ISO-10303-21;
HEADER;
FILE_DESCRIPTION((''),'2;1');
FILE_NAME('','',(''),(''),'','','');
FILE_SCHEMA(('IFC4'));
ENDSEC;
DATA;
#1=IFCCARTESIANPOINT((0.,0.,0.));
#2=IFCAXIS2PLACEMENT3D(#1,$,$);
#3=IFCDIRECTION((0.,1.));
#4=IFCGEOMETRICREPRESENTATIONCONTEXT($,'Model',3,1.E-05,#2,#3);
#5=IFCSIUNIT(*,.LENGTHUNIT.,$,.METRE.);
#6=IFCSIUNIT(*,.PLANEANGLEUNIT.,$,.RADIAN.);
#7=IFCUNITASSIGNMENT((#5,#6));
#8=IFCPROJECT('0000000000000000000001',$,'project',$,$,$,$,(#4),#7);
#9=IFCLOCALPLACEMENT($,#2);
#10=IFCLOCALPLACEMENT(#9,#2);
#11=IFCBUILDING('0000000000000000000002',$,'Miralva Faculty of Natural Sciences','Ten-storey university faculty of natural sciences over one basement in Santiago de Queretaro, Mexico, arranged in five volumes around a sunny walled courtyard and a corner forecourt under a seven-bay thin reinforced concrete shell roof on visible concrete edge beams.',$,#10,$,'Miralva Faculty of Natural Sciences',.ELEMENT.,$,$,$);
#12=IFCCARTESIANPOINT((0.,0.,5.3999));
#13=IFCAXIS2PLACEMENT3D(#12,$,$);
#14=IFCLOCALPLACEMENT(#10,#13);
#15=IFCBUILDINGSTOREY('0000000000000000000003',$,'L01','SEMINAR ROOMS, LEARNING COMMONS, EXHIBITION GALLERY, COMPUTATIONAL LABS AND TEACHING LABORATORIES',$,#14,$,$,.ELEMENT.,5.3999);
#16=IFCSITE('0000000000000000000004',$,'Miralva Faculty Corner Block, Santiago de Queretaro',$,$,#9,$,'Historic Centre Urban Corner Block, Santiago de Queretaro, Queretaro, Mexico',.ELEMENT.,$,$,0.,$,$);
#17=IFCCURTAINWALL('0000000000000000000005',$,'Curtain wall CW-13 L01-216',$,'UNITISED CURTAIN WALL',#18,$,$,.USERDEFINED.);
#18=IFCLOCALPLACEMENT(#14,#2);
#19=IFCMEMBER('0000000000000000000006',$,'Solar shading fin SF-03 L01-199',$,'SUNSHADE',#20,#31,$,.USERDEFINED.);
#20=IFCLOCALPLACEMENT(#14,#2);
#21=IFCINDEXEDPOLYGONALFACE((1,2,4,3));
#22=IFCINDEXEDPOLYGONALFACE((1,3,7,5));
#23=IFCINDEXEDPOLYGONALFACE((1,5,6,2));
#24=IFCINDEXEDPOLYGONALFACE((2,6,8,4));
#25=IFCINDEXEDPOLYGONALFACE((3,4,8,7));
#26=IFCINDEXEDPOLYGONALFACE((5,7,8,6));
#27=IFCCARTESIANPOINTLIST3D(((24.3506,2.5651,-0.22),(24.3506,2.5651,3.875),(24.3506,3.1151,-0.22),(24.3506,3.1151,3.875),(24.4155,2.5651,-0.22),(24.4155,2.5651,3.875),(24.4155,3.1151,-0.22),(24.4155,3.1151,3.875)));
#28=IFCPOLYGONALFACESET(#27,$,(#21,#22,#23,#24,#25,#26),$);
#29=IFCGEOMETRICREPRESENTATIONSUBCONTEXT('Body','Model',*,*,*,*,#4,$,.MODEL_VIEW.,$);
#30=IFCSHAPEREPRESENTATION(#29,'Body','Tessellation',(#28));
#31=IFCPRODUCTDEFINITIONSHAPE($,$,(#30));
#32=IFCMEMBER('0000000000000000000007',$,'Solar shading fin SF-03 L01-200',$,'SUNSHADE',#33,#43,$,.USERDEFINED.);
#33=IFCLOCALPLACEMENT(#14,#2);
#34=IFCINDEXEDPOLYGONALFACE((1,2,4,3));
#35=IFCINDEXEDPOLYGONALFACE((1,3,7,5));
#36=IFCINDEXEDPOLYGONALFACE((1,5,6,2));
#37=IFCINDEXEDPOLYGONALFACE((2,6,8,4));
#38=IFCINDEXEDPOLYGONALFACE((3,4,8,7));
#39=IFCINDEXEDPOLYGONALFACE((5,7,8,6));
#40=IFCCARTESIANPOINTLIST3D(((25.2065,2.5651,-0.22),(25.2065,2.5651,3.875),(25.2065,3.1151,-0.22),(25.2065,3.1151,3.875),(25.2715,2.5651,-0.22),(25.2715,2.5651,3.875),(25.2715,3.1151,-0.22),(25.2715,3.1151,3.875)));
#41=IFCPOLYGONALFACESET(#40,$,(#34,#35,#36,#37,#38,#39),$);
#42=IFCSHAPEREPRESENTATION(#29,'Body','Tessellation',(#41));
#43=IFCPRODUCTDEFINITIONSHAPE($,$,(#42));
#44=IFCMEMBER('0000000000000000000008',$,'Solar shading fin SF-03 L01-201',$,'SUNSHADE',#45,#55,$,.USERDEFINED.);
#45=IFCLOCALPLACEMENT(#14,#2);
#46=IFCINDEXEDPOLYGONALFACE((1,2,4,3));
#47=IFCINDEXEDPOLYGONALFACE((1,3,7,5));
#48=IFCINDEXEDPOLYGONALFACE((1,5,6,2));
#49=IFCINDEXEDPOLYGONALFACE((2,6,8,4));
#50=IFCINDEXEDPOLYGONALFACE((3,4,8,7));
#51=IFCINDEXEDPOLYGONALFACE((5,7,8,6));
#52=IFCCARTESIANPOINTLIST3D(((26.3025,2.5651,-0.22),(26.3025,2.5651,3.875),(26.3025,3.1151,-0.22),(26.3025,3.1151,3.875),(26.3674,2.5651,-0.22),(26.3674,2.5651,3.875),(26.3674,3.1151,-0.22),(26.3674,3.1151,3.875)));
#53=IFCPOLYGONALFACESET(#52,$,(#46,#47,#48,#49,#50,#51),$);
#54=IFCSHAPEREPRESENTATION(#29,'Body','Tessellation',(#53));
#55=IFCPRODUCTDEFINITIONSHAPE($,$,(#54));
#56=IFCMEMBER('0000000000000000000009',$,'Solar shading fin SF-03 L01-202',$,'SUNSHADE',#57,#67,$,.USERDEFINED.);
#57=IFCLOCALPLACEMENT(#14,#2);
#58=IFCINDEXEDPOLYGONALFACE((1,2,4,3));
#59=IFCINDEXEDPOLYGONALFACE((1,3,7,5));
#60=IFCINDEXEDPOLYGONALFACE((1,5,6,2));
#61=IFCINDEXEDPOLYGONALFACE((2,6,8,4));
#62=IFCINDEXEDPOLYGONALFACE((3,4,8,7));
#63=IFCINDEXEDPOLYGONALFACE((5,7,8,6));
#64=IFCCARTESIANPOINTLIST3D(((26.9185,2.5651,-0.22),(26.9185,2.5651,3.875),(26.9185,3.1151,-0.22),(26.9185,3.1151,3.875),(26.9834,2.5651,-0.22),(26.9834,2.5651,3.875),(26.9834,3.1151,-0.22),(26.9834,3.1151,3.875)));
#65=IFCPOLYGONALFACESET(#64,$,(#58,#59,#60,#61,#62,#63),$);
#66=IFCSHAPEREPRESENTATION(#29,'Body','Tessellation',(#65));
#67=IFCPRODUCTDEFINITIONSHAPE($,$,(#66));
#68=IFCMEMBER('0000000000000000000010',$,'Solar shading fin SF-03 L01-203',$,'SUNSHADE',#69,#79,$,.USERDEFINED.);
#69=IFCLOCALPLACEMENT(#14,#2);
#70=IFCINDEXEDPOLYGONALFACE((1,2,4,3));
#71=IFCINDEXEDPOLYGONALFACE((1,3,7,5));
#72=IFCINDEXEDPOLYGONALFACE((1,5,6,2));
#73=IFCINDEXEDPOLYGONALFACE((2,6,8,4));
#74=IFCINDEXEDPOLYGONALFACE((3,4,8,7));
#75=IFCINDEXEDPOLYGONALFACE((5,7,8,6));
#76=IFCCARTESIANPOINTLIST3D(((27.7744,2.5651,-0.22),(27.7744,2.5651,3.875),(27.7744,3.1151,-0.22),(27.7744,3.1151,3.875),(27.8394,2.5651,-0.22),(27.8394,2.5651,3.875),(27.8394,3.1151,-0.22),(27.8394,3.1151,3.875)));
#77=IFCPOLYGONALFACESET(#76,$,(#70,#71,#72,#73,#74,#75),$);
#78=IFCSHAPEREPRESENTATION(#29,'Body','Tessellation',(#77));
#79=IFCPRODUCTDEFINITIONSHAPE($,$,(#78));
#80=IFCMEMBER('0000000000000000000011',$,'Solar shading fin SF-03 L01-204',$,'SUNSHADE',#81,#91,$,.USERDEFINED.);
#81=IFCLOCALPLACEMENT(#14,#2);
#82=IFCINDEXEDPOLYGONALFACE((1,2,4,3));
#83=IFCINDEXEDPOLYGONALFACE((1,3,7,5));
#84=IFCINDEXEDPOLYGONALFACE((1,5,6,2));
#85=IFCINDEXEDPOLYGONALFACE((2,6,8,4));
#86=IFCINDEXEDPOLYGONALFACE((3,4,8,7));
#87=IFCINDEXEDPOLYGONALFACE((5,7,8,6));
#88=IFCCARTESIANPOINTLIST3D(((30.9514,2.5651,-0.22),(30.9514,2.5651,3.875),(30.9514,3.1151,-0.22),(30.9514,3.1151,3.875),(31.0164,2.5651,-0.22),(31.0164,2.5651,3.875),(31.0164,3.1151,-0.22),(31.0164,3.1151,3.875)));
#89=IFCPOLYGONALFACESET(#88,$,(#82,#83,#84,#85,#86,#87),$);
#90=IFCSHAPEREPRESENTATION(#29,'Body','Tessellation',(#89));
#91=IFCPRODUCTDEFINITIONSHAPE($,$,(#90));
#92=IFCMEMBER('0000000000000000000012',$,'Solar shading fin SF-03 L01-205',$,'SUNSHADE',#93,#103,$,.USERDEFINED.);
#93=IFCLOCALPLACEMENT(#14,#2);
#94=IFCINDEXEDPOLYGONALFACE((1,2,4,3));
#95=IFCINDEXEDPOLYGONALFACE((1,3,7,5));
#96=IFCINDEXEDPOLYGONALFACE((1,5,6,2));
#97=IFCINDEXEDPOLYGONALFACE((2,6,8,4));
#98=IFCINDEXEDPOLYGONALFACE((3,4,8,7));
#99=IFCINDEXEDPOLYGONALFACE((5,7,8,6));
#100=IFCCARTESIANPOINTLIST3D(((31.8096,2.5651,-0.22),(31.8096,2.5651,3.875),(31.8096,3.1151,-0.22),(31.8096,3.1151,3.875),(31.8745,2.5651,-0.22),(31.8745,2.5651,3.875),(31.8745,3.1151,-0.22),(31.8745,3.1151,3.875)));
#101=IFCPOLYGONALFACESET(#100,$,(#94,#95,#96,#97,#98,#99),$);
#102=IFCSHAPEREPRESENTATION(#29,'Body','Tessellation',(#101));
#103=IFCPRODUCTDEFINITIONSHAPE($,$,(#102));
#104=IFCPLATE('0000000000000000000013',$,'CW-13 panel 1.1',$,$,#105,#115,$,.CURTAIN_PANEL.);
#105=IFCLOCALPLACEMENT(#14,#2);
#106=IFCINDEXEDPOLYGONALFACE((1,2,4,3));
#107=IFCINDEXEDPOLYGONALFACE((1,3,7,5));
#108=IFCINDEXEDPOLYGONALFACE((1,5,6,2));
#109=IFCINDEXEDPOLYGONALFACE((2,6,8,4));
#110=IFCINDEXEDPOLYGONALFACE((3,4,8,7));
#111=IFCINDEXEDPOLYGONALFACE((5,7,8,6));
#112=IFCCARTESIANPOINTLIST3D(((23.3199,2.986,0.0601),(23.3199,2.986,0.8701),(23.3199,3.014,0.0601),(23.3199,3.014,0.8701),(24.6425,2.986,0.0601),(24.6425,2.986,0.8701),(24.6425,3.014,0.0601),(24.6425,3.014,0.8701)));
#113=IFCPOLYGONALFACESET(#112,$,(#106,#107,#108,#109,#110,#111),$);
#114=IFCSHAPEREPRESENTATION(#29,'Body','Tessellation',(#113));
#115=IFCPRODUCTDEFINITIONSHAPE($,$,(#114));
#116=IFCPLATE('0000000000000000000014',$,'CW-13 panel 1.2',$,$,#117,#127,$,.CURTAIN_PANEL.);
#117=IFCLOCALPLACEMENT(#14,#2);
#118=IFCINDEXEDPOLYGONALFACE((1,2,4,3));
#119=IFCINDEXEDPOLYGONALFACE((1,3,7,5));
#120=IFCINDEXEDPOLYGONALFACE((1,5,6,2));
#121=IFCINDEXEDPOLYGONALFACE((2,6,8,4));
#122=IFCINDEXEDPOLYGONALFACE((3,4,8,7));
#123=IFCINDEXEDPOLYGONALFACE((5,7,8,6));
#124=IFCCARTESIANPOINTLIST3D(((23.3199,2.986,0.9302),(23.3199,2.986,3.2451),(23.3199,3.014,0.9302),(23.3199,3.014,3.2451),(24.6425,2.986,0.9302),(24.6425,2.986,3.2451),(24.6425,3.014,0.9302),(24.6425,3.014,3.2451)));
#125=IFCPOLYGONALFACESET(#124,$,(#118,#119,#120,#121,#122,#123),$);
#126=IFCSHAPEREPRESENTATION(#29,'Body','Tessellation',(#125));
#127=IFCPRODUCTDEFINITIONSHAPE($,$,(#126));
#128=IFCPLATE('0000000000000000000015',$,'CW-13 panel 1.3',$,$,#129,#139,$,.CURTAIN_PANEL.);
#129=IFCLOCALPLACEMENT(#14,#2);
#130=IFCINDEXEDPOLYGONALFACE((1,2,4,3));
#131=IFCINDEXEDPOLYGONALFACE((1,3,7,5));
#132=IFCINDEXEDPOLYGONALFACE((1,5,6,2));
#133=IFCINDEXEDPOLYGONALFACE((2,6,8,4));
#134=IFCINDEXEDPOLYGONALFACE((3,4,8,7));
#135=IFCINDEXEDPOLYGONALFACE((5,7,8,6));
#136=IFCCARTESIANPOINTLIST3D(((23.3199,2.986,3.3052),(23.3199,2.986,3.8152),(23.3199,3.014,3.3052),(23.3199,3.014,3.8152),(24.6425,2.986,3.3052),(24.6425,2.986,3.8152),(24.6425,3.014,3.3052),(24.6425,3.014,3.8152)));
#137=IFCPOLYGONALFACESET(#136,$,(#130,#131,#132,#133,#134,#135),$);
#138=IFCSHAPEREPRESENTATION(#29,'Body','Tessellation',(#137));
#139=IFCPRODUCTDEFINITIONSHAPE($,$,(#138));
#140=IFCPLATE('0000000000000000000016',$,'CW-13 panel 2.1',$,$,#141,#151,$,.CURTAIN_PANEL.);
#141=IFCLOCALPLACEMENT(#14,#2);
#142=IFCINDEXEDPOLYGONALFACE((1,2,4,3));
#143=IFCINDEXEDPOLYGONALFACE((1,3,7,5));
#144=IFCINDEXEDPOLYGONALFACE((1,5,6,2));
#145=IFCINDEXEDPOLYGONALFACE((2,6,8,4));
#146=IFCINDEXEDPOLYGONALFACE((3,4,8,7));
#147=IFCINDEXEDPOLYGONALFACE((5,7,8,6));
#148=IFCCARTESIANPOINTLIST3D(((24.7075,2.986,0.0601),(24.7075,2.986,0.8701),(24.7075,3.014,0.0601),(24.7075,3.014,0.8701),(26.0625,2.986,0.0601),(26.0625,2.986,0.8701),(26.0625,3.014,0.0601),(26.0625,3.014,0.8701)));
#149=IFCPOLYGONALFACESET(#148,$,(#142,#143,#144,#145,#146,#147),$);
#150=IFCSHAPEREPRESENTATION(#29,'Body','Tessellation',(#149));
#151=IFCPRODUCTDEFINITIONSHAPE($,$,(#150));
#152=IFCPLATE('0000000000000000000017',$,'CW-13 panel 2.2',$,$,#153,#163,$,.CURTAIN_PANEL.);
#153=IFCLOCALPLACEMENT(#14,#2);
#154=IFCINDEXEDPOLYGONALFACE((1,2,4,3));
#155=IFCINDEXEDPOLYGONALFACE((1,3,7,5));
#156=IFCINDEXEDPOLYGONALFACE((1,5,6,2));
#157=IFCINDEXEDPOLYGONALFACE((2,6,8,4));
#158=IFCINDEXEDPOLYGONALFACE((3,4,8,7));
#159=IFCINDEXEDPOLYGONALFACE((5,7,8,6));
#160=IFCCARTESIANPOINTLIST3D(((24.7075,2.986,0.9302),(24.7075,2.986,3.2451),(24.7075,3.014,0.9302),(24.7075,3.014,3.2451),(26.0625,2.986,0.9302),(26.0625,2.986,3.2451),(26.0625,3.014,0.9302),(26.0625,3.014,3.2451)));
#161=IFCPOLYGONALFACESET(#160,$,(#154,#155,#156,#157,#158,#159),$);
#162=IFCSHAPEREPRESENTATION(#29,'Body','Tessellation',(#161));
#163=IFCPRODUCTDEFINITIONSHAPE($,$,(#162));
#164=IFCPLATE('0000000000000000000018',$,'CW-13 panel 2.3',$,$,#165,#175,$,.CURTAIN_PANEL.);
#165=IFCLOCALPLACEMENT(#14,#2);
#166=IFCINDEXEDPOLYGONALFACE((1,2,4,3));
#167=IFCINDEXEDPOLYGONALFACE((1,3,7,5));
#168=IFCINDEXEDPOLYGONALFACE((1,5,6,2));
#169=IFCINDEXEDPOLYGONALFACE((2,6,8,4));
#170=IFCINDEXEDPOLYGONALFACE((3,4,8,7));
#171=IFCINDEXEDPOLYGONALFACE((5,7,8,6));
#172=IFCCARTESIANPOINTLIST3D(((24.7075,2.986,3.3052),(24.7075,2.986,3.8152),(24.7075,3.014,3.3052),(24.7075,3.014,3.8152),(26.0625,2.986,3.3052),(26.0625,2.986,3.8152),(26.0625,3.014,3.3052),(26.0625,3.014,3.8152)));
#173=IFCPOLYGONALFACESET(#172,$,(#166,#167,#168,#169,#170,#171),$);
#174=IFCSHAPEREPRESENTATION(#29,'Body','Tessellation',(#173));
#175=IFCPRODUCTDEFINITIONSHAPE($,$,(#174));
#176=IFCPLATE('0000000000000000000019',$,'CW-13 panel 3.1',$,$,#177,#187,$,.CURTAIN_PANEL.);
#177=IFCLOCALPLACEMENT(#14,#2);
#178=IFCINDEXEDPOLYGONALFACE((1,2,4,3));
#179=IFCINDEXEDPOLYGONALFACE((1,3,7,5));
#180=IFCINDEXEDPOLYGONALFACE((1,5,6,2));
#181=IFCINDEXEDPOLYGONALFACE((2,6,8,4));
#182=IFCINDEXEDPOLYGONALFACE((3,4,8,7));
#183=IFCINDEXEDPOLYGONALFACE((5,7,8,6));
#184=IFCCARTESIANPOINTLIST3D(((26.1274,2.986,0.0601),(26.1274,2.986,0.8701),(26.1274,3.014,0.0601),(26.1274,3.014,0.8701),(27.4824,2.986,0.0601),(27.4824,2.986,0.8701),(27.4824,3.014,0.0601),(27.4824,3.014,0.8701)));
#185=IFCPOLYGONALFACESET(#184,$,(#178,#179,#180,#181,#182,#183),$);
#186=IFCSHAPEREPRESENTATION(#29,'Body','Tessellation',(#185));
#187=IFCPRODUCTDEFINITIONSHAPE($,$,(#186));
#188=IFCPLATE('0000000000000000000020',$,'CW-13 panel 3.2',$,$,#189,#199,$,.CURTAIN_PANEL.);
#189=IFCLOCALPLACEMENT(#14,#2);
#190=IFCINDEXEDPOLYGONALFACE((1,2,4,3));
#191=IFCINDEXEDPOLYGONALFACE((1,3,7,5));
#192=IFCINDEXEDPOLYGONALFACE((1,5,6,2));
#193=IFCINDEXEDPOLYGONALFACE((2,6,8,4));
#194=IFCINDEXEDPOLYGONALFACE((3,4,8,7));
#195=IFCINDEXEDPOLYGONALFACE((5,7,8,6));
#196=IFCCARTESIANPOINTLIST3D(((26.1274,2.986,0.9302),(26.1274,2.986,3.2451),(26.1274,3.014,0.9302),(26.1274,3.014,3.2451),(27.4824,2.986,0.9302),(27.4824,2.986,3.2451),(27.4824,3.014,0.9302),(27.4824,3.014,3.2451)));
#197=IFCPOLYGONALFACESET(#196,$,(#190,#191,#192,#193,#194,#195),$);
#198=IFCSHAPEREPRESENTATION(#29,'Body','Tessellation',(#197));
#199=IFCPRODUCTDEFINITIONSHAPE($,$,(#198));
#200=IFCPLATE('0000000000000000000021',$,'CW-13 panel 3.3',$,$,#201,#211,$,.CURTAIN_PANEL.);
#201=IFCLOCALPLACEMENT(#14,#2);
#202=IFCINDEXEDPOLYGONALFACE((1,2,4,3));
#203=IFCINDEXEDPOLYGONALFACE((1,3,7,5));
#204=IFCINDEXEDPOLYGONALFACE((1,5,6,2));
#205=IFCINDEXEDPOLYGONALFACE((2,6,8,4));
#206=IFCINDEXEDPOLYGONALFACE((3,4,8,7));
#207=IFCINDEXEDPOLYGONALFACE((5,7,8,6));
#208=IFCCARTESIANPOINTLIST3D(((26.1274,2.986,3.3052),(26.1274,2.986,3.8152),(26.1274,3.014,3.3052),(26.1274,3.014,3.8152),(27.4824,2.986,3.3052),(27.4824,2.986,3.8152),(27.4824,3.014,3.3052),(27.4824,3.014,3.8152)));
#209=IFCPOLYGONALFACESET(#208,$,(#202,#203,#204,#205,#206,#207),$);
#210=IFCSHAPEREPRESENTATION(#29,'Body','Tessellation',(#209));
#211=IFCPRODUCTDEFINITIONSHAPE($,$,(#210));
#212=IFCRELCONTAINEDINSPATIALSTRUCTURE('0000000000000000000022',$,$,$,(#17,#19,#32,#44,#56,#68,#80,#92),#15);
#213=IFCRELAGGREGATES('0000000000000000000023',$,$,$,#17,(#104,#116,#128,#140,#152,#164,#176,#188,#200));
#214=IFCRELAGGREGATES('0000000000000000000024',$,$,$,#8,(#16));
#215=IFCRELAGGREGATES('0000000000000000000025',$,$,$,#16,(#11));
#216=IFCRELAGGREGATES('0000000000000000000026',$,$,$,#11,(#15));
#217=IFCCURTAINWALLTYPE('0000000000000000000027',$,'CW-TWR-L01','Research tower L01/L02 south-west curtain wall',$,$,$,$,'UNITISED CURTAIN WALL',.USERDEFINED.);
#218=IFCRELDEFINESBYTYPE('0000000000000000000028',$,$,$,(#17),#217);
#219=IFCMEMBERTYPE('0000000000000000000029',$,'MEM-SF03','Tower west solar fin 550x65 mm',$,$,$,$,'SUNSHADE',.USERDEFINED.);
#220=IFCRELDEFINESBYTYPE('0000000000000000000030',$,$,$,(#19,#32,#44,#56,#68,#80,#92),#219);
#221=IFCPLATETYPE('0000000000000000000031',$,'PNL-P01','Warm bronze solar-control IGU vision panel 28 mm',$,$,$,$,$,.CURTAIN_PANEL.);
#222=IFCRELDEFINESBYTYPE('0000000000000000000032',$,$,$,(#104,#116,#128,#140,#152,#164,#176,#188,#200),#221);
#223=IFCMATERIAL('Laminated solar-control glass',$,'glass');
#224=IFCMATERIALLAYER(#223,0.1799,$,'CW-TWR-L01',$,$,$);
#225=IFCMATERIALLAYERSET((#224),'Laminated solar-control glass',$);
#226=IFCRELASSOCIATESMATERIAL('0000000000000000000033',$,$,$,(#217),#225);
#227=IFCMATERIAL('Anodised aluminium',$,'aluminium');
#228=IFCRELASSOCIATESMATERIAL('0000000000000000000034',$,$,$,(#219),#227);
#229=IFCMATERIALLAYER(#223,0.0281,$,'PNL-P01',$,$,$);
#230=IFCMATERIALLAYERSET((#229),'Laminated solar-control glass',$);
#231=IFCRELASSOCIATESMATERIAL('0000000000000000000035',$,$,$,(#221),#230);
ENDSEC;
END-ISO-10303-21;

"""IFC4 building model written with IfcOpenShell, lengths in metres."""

from ifc_helpers import new_model, si_unit, direction, frame, origin, origin_2d, place, context, subcontext, project, spatial, rectangle, extrude, material, layer, layer_set, material_profile, profile_set, type_object, element, aggregate, save


model = new_model("IFC4")

# Units and contexts
model_context = context("Model", 3, precision=1e-05, world=origin(), true_north=direction((0.0, 1.0)))
body_context = subcontext(model_context, "Body", "Model", "MODEL_VIEW")
ifc_project = project(units=[si_unit("LENGTHUNIT", "METRE"), si_unit("PLANEANGLEUNIT", "RADIAN")], contexts=[model_context])

# Site, building, storey
site_placement = place(None, origin())
site = spatial("IfcSite", under=ifc_project, at=site_placement, Name="Miralva Faculty Corner Block, Santiago de Queretaro", LongName="Historic Centre Urban Corner Block, Santiago de Queretaro, Queretaro, Mexico", CompositionType="ELEMENT", RefElevation=0.0)
building_placement = place(site_placement, origin())
building = spatial("IfcBuilding", under=site, at=building_placement, Name="Miralva Faculty of Natural Sciences", Description="Ten-storey university faculty of natural sciences over one basement in Santiago de Queretaro, Mexico, arranged in five volumes around a sunny walled courtyard and a corner forecourt under a seven-bay thin reinforced concrete shell roof on visible concrete edge beams.", LongName="Miralva Faculty of Natural Sciences", CompositionType="ELEMENT")
storey_placement = place(building_placement, frame((0.0, 0.0, 5.3999)))
storey = spatial("IfcBuildingStorey", under=building, at=storey_placement, Name="L01", Description="SEMINAR ROOMS, LEARNING COMMONS, EXHIBITION GALLERY, COMPUTATIONAL LABS AND TEACHING LABORATORIES", CompositionType="ELEMENT", Elevation=5.3999)

# Curtain wall
ifc_material_1 = material(Name="Laminated solar-control glass", Category="glass")
ifc_layer_1 = layer(ifc_material_1, 0.1799, Name="CW-TWR-L01")
ifc_layer_set_1 = layer_set([ifc_layer_1], Name="Laminated solar-control glass")
curtain_wall_type = type_object("IfcCurtainWallType", Name="CW-TWR-L01", Description="Research tower L01/L02 south-west curtain wall", ElementType="UNITISED CURTAIN WALL", PredefinedType="USERDEFINED", material=ifc_layer_set_1)
curtain_wall_placement = place(storey_placement, origin())
curtain_wall = element("IfcCurtainWall", 1, at=curtain_wall_placement, inside=storey, type_object=curtain_wall_type, Name="Curtain wall CW-13 L01-216", ObjectType="UNITISED CURTAIN WALL", PredefinedType="USERDEFINED")
ifc_material_2 = material(Name="Anodised aluminium", Category="aluminium")

# Members
ifc_material_profile_1 = material_profile(ifc_material_2, rectangle(XDim=0.0649, YDim=0.55, at=origin_2d()), Name="FIN 550x65")
ifc_profile_set_1 = profile_set([ifc_material_profile_1], Name="Anodised aluminium")
member_type_1 = type_object("IfcMemberType", Name="MEM-SF03", Description="Tower west solar fin 550x65 mm", ElementType="SUNSHADE", PredefinedType="USERDEFINED", material=ifc_profile_set_1)
for number, where, z_axis, x_axis, name in (
    (2, (24.3831, 2.8401, -0.22), (0.0, 0.0, 1.0), (1.0, 0.0, 0.0), "Solar shading fin SF-03 L01-199"),
    (3, (25.239, 2.8401, -0.22), (0.0, 0.0, 1.0), (1.0, 0.0, 0.0), "Solar shading fin SF-03 L01-200"),
    (4, (26.335, 2.8401, -0.22), (0.0, 0.0, 1.0), (1.0, 0.0, 0.0), "Solar shading fin SF-03 L01-201"),
    (5, (26.9509, 2.8401, -0.22), (0.0, 0.0, 1.0), (1.0, 0.0, 0.0), "Solar shading fin SF-03 L01-202"),
    (6, (27.8069, 2.8401, -0.22), (0.0, 0.0, 1.0), (1.0, 0.0, 0.0), "Solar shading fin SF-03 L01-203"),
    (7, (30.9839, 2.8401, -0.22), (0.0, 0.0, 1.0), (1.0, 0.0, 0.0), "Solar shading fin SF-03 L01-204"),
    (8, (31.842, 2.8401, -0.22), (0.0, 0.0, 1.0), (1.0, 0.0, 0.0), "Solar shading fin SF-03 L01-205"),
):
    element("IfcMember", number, at=place(storey_placement, frame(where, z_axis=z_axis, x_axis=x_axis)), inside=storey, type_object=member_type_1, Name=name, ObjectType="SUNSHADE", PredefinedType="USERDEFINED", context=body_context, shape_type="SweptSolid", body=[
        extrude(rectangle(XDim=0.0649, YDim=0.55, at=origin_2d()), origin(), (0.0, 0.0, 1.0), 4.095),
    ])

# Plates
ifc_layer_2 = layer(ifc_material_1, 0.0281, Name="PNL-P01")
ifc_layer_set_2 = layer_set([ifc_layer_2], Name="Laminated solar-control glass")
plate_type = type_object("IfcPlateType", Name="PNL-P01", Description="Warm bronze solar-control IGU vision panel 28 mm", PredefinedType="CURTAIN_PANEL", material=ifc_layer_set_2)
plate_1_placement = place(storey_placement, frame((23.9812, 3.0, 0.0601), z_axis=(0.0, 0.0, 1.0), x_axis=(1.0, 0.0, 0.0)))
plate_1 = element("IfcPlate", 9, at=plate_1_placement, type_object=plate_type, Name="CW-13 panel 1.1", PredefinedType="CURTAIN_PANEL", context=body_context, shape_type="SweptSolid", body=[
    extrude(rectangle(XDim=1.3225, YDim=0.0281, at=origin_2d()), origin(), (0.0, 0.0, 1.0), 0.8101),
])
plate_2_placement = place(storey_placement, frame((23.9812, 3.0, 0.9302), z_axis=(0.0, 0.0, 1.0), x_axis=(1.0, 0.0, 0.0)))
plate_2 = element("IfcPlate", 10, at=plate_2_placement, type_object=plate_type, Name="CW-13 panel 1.2", PredefinedType="CURTAIN_PANEL", context=body_context, shape_type="SweptSolid", body=[
    extrude(rectangle(XDim=1.3225, YDim=0.0281, at=origin_2d()), origin(), (0.0, 0.0, 1.0), 2.3149),
])
plate_3_placement = place(storey_placement, frame((23.9812, 3.0, 3.3052), z_axis=(0.0, 0.0, 1.0), x_axis=(1.0, 0.0, 0.0)))
plate_3 = element("IfcPlate", 11, at=plate_3_placement, type_object=plate_type, Name="CW-13 panel 1.3", PredefinedType="CURTAIN_PANEL", context=body_context, shape_type="SweptSolid", body=[
    extrude(rectangle(XDim=1.3225, YDim=0.0281, at=origin_2d()), origin(), (0.0, 0.0, 1.0), 0.51),
])
plate_4_placement = place(storey_placement, frame((25.385, 3.0, 0.0601), z_axis=(0.0, 0.0, 1.0), x_axis=(1.0, 0.0, 0.0)))
plate_4 = element("IfcPlate", 12, at=plate_4_placement, type_object=plate_type, Name="CW-13 panel 2.1", PredefinedType="CURTAIN_PANEL", context=body_context, shape_type="SweptSolid", body=[
    extrude(rectangle(XDim=1.355, YDim=0.0281, at=origin_2d()), origin(), (0.0, 0.0, 1.0), 0.8101),
])
plate_5_placement = place(storey_placement, frame((25.385, 3.0, 0.9302), z_axis=(0.0, 0.0, 1.0), x_axis=(1.0, 0.0, 0.0)))
plate_5 = element("IfcPlate", 13, at=plate_5_placement, type_object=plate_type, Name="CW-13 panel 2.2", PredefinedType="CURTAIN_PANEL", context=body_context, shape_type="SweptSolid", body=[
    extrude(rectangle(XDim=1.355, YDim=0.0281, at=origin_2d()), origin(), (0.0, 0.0, 1.0), 2.3149),
])
plate_6_placement = place(storey_placement, frame((25.385, 3.0, 3.3052), z_axis=(0.0, 0.0, 1.0), x_axis=(1.0, 0.0, 0.0)))
plate_6 = element("IfcPlate", 14, at=plate_6_placement, type_object=plate_type, Name="CW-13 panel 2.3", PredefinedType="CURTAIN_PANEL", context=body_context, shape_type="SweptSolid", body=[
    extrude(rectangle(XDim=1.355, YDim=0.0281, at=origin_2d()), origin(), (0.0, 0.0, 1.0), 0.51),
])
plate_7_placement = place(storey_placement, frame((26.8049, 3.0, 0.0601), z_axis=(0.0, 0.0, 1.0), x_axis=(1.0, 0.0, 0.0)))
plate_7 = element("IfcPlate", 15, at=plate_7_placement, type_object=plate_type, Name="CW-13 panel 3.1", PredefinedType="CURTAIN_PANEL", context=body_context, shape_type="SweptSolid", body=[
    extrude(rectangle(XDim=1.355, YDim=0.0281, at=origin_2d()), origin(), (0.0, 0.0, 1.0), 0.8101),
])
plate_8_placement = place(storey_placement, frame((26.8049, 3.0, 0.9302), z_axis=(0.0, 0.0, 1.0), x_axis=(1.0, 0.0, 0.0)))
plate_8 = element("IfcPlate", 16, at=plate_8_placement, type_object=plate_type, Name="CW-13 panel 3.2", PredefinedType="CURTAIN_PANEL", context=body_context, shape_type="SweptSolid", body=[
    extrude(rectangle(XDim=1.355, YDim=0.0281, at=origin_2d()), origin(), (0.0, 0.0, 1.0), 2.3149),
])
plate_9_placement = place(storey_placement, frame((26.8049, 3.0, 3.3052), z_axis=(0.0, 0.0, 1.0), x_axis=(1.0, 0.0, 0.0)))
plate_9 = element("IfcPlate", 17, at=plate_9_placement, type_object=plate_type, Name="CW-13 panel 3.3", PredefinedType="CURTAIN_PANEL", context=body_context, shape_type="SweptSolid", body=[
    extrude(rectangle(XDim=1.355, YDim=0.0281, at=origin_2d()), origin(), (0.0, 0.0, 1.0), 0.51),
])
aggregate(curtain_wall, [plate_1, plate_2, plate_3, plate_4, plate_5, plate_6, plate_7, plate_8, plate_9])

save(model, "model.ifc")
